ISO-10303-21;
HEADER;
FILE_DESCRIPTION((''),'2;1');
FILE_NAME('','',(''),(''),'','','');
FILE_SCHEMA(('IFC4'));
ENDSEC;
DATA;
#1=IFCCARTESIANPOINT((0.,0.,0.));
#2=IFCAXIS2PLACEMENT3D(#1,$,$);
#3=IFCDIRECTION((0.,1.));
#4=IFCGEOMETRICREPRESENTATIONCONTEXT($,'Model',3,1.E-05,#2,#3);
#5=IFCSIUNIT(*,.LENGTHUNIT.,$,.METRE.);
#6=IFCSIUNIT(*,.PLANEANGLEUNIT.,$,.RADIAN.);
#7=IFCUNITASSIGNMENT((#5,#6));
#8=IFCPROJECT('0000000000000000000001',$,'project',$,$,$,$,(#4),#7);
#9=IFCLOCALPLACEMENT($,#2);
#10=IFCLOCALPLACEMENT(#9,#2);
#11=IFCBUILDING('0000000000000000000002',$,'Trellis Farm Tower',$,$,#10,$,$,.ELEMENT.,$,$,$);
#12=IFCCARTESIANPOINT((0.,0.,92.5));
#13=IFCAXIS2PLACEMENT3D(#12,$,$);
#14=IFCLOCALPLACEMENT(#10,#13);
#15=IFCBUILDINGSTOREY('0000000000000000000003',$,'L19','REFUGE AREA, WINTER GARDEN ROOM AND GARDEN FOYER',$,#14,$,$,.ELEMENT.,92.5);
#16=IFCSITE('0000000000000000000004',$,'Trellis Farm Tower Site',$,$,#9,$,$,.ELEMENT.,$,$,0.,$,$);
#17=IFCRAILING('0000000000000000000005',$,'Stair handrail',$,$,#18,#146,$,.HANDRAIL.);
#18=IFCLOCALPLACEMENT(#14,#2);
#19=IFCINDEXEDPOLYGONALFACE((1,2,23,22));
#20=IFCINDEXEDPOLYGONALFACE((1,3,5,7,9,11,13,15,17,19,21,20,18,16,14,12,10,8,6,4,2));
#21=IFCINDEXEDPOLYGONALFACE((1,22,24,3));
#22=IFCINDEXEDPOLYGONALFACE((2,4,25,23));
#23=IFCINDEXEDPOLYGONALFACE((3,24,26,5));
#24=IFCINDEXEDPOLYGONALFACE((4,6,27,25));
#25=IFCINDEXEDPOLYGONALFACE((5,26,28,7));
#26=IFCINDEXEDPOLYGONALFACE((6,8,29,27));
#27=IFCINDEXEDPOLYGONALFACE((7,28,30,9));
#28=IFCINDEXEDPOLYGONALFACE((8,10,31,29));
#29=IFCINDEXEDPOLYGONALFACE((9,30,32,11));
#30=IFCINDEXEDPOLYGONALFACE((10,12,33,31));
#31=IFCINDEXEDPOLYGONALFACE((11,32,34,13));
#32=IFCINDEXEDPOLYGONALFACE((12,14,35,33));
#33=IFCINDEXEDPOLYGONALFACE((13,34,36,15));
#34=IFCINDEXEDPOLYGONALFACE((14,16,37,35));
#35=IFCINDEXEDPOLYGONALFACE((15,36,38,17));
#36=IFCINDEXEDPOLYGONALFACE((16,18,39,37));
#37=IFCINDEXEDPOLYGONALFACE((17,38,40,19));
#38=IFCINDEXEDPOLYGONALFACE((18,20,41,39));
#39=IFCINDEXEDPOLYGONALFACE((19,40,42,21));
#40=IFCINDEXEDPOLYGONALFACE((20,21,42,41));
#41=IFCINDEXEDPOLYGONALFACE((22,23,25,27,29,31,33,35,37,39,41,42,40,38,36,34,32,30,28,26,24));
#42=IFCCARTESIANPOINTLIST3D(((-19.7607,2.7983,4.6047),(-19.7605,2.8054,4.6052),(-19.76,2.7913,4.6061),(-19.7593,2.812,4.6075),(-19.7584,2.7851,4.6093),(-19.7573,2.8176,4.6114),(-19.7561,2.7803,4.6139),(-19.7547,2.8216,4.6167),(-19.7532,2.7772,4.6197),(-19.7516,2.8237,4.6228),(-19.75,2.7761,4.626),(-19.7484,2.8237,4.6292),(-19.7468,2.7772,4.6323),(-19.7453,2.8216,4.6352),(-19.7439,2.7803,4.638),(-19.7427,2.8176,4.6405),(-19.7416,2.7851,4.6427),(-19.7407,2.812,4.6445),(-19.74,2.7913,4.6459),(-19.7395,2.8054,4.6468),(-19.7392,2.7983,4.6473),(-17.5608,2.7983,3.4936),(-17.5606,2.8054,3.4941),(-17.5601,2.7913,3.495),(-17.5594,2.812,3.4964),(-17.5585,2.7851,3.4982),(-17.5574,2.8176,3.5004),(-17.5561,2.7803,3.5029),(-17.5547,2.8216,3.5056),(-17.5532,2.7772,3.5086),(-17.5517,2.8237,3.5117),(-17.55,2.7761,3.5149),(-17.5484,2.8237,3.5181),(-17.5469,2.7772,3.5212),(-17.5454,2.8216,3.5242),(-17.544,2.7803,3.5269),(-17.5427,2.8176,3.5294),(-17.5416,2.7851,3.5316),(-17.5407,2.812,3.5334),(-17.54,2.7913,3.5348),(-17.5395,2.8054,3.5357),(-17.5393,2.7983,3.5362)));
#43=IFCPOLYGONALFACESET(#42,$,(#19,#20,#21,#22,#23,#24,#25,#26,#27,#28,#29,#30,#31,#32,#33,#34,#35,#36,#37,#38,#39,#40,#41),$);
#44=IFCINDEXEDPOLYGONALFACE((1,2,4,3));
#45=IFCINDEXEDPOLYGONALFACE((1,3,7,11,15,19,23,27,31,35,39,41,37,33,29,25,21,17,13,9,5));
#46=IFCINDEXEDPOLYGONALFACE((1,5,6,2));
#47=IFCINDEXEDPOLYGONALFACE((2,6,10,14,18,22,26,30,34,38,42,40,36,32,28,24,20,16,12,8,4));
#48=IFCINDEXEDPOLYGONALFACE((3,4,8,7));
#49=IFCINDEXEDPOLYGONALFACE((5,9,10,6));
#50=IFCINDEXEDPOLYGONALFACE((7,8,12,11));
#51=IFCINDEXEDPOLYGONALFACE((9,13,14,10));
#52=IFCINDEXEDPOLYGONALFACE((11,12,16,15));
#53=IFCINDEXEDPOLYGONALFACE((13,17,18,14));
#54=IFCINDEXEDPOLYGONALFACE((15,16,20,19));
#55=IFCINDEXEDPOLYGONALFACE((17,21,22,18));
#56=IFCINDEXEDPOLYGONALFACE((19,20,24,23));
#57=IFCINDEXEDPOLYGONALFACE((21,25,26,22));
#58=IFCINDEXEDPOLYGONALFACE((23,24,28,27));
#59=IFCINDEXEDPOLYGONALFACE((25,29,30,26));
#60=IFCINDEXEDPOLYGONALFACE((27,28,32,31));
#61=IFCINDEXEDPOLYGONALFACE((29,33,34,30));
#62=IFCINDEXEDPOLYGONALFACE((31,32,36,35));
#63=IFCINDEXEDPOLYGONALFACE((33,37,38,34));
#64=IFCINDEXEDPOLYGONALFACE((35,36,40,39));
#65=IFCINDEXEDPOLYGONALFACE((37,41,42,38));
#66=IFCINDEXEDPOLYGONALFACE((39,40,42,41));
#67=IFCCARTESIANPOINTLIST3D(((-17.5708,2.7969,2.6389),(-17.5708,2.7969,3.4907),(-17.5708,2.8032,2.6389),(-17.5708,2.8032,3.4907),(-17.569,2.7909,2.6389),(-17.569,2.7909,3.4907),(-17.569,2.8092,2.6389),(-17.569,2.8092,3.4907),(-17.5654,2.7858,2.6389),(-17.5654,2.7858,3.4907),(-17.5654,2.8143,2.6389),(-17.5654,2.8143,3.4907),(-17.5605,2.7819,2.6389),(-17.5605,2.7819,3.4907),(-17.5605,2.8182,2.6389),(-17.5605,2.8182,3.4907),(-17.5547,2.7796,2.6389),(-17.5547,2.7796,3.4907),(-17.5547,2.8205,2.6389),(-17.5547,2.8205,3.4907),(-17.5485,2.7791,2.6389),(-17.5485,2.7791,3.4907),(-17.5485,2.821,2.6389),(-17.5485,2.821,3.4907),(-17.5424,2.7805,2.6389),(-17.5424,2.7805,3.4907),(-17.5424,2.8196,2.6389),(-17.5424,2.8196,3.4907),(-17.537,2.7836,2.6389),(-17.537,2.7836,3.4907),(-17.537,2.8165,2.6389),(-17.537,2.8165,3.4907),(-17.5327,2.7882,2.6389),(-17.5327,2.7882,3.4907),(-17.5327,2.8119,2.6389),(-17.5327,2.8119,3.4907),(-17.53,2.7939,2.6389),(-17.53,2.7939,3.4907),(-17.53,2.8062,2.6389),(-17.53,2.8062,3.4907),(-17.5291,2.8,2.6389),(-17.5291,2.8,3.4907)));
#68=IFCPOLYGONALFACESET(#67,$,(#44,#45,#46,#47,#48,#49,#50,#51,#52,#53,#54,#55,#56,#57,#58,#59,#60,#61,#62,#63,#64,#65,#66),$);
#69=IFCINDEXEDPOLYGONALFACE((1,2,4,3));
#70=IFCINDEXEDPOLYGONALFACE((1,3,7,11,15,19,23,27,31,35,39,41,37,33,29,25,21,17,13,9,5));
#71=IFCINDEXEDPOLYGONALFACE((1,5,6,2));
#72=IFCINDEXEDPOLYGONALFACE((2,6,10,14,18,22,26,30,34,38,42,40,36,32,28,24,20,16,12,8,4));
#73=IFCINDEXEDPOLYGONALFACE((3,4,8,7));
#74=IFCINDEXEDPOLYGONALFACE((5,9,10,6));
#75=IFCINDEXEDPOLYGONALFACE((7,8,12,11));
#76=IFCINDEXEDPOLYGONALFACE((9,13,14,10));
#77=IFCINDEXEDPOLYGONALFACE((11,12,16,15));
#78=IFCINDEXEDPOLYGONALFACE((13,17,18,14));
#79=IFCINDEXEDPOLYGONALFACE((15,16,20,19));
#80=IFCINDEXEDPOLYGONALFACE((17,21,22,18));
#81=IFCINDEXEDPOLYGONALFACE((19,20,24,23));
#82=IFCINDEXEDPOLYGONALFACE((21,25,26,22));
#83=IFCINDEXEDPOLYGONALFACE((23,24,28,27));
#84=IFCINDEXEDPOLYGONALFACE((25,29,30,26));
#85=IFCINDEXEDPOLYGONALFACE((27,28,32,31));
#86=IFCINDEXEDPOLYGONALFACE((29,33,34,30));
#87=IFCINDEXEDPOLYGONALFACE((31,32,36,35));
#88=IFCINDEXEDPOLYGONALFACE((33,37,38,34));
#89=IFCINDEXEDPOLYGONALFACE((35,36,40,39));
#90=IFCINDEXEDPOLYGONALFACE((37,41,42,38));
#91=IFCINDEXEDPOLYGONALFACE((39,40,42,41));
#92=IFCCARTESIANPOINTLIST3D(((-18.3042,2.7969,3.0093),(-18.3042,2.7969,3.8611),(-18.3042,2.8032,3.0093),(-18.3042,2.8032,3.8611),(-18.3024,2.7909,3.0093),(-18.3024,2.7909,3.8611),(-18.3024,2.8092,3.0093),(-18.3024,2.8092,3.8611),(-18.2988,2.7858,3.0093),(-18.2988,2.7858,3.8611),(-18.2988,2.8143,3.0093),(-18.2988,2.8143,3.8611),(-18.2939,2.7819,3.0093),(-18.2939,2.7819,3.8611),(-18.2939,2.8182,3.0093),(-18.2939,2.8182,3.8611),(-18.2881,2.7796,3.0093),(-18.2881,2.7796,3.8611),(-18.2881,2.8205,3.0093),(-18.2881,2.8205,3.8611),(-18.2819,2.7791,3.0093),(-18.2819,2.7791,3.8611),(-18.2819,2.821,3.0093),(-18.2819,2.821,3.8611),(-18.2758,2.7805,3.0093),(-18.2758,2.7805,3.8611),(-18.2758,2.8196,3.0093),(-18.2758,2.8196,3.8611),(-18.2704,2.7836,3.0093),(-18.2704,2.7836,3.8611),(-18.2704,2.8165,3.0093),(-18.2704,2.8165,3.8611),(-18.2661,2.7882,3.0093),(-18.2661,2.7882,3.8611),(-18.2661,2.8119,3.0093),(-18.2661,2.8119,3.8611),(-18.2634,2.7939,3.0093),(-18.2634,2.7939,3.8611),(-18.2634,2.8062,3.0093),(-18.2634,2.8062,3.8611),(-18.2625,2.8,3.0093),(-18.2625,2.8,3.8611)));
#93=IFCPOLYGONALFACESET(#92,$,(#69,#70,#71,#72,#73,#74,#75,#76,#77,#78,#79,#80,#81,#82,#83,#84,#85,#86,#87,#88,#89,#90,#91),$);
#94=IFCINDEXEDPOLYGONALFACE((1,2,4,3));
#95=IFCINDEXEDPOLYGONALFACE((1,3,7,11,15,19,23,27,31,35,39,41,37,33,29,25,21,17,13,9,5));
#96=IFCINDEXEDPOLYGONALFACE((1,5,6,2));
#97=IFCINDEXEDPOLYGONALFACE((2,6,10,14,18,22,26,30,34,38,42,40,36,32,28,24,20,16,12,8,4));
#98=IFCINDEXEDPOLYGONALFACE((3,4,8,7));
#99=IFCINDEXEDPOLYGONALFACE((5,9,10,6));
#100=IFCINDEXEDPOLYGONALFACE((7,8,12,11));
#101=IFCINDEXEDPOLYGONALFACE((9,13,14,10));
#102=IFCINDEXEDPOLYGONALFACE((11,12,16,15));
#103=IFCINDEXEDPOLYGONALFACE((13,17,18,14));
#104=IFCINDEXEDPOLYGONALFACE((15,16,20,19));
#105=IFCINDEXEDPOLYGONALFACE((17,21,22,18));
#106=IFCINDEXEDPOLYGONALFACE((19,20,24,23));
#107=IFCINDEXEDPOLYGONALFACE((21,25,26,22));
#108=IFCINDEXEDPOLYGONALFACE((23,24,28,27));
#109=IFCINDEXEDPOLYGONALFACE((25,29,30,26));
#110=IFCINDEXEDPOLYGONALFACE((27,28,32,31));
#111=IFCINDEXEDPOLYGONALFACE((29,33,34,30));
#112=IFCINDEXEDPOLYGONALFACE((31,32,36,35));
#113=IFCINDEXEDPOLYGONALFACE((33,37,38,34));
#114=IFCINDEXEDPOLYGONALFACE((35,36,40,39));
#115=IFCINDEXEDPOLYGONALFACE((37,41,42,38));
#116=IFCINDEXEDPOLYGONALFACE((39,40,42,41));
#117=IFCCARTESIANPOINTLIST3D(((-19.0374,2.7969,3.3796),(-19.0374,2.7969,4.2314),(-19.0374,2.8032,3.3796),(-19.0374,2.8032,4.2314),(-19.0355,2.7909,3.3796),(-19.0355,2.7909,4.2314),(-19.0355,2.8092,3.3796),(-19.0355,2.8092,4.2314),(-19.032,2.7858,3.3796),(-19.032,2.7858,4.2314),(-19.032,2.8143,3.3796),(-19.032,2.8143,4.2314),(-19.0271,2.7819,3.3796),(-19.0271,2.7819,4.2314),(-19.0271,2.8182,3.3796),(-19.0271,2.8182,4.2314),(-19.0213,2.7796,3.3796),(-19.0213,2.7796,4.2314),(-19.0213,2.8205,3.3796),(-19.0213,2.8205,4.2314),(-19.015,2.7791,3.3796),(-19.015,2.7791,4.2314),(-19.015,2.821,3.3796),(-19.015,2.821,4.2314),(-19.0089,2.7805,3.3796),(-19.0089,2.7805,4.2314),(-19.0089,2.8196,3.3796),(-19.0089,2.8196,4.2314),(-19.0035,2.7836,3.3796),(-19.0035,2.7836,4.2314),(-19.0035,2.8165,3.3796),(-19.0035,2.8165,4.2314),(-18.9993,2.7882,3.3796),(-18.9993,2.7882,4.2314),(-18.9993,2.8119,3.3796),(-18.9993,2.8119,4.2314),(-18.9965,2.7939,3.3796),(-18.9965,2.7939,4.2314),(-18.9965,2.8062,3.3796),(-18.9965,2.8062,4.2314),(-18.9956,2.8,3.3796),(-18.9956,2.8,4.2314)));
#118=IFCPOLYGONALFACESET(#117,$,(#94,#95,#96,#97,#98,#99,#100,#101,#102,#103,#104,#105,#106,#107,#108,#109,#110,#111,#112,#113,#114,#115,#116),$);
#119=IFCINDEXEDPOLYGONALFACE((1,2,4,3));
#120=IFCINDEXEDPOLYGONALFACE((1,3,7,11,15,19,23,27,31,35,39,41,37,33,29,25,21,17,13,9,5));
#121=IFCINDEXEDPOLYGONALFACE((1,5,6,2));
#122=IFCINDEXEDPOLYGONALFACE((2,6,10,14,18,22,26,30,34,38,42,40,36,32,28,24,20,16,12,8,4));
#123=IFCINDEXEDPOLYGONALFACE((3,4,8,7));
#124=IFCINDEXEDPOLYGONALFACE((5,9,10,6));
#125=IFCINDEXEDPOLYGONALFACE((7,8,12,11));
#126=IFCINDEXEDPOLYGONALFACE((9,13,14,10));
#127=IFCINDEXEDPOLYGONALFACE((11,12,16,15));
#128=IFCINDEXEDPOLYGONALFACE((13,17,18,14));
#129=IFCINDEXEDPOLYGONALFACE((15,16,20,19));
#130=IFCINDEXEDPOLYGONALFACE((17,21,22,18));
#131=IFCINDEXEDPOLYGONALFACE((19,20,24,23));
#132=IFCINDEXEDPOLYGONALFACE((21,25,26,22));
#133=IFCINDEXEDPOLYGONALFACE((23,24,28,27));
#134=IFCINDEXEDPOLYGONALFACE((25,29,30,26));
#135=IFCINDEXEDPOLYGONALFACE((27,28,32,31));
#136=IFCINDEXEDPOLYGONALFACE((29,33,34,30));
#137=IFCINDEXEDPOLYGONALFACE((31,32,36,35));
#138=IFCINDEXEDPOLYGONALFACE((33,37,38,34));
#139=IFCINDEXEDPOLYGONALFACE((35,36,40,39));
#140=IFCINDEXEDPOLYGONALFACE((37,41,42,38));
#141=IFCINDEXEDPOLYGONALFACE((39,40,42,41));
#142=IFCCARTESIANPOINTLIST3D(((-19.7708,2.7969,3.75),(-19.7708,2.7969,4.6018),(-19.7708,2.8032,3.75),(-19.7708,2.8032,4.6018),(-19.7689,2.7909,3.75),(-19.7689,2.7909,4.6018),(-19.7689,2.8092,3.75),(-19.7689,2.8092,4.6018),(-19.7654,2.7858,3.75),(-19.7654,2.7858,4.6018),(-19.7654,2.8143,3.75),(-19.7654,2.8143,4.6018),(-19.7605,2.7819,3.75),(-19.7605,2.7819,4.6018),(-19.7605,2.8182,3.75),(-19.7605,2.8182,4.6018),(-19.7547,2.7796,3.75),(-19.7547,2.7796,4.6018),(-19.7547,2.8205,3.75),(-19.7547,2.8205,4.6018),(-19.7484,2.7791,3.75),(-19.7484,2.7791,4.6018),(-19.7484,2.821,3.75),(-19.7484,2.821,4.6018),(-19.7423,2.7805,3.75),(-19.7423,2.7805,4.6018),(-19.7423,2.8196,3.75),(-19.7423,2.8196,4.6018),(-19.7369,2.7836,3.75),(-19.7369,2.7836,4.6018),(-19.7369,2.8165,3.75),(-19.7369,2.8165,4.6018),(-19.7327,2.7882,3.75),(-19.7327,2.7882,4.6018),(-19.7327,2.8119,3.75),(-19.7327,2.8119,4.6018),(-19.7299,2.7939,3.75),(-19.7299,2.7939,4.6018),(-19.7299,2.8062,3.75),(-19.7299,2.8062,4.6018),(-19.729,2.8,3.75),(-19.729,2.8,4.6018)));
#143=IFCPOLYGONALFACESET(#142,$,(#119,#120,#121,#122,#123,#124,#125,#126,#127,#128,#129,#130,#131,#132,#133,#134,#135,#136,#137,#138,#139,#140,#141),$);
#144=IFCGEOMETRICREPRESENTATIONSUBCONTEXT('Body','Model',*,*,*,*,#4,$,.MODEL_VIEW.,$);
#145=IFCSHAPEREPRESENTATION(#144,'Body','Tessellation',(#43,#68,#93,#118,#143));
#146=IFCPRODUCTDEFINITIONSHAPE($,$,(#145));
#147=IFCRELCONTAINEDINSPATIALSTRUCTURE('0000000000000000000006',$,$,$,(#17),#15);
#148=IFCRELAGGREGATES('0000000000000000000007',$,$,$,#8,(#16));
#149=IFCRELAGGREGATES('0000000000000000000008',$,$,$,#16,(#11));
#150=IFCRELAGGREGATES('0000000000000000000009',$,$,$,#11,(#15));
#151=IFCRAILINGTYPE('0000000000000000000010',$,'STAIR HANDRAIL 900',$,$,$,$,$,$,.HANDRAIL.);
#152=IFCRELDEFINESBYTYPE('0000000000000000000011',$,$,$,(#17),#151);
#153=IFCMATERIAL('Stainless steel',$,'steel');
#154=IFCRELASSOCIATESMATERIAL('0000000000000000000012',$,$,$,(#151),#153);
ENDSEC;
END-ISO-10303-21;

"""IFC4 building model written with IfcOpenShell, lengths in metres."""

from ifc_helpers import new_model, si_unit, direction, frame, origin, origin_2d, place, context, subcontext, project, spatial, circle, extrude, source, transform, mapped, material, type_object, element, save


model = new_model("IFC4")

# Units and contexts
model_context = context("Model", 3, precision=1e-05, world=origin(), true_north=direction((0.0, 1.0)))
body_context = subcontext(model_context, "Body", "Model", "MODEL_VIEW")
ifc_project = project(units=[si_unit("LENGTHUNIT", "METRE"), si_unit("PLANEANGLEUNIT", "RADIAN")], contexts=[model_context])

# Site, building, storey
site_placement = place(None, origin())
site = spatial("IfcSite", under=ifc_project, at=site_placement, Name="Trellis Farm Tower Site", CompositionType="ELEMENT", RefElevation=0.0)
building_placement = place(site_placement, origin())
building = spatial("IfcBuilding", under=site, at=building_placement, Name="Trellis Farm Tower", CompositionType="ELEMENT")
storey_placement = place(building_placement, frame((0.0, 0.0, 92.5)))
storey = spatial("IfcBuildingStorey", under=building, at=storey_placement, Name="L19", Description="REFUGE AREA, WINTER GARDEN ROOM AND GARDEN FOYER", CompositionType="ELEMENT", Elevation=92.5)

# Railing
ifc_material_1 = material(Name="Stainless steel", Category="steel")
railing_type = type_object("IfcRailingType", Name="STAIR HANDRAIL 900", PredefinedType="HANDRAIL", material=ifc_material_1)
shared_shape_1 = source(origin(), body_context, "Body", "SweptSolid", [
    extrude(circle(Radius=0.0239, at=origin_2d()), frame((0.0, 0.0, 0.876), z_axis=(-0.892617, 0.0, 0.450816), x_axis=(0.0, -1.0, 0.0)), (0.0, 0.0, 1.0), 2.4646),
    extrude(circle(Radius=0.021, at=origin_2d()), origin(), (0.0, 0.0, 1.0), 0.8518),
    extrude(circle(Radius=0.021, at=origin_2d()), frame((-0.7334, 0.0, 0.3704)), (0.0, 0.0, 1.0), 0.8518),
    extrude(circle(Radius=0.021, at=origin_2d()), frame((-1.4666, 0.0, 0.7407)), (0.0, 0.0, 1.0), 0.8518),
    extrude(circle(Radius=0.021, at=origin_2d()), frame((-2.2, 0.0, 1.1111)), (0.0, 0.0, 1.0), 0.8518),
])
for number, where, name in (
    (1, (-17.55, 2.8, 2.6389), "Stair handrail"),
):
    element("IfcRailing", number, at=place(storey_placement, frame(where)), inside=storey, type_object=railing_type, Name=name, PredefinedType="HANDRAIL", context=body_context, shape_type="MappedRepresentation", body=[
        mapped(shared_shape_1, transform((0.0, 0.0, 0.0))),
    ])

save(model, "model.ifc")
